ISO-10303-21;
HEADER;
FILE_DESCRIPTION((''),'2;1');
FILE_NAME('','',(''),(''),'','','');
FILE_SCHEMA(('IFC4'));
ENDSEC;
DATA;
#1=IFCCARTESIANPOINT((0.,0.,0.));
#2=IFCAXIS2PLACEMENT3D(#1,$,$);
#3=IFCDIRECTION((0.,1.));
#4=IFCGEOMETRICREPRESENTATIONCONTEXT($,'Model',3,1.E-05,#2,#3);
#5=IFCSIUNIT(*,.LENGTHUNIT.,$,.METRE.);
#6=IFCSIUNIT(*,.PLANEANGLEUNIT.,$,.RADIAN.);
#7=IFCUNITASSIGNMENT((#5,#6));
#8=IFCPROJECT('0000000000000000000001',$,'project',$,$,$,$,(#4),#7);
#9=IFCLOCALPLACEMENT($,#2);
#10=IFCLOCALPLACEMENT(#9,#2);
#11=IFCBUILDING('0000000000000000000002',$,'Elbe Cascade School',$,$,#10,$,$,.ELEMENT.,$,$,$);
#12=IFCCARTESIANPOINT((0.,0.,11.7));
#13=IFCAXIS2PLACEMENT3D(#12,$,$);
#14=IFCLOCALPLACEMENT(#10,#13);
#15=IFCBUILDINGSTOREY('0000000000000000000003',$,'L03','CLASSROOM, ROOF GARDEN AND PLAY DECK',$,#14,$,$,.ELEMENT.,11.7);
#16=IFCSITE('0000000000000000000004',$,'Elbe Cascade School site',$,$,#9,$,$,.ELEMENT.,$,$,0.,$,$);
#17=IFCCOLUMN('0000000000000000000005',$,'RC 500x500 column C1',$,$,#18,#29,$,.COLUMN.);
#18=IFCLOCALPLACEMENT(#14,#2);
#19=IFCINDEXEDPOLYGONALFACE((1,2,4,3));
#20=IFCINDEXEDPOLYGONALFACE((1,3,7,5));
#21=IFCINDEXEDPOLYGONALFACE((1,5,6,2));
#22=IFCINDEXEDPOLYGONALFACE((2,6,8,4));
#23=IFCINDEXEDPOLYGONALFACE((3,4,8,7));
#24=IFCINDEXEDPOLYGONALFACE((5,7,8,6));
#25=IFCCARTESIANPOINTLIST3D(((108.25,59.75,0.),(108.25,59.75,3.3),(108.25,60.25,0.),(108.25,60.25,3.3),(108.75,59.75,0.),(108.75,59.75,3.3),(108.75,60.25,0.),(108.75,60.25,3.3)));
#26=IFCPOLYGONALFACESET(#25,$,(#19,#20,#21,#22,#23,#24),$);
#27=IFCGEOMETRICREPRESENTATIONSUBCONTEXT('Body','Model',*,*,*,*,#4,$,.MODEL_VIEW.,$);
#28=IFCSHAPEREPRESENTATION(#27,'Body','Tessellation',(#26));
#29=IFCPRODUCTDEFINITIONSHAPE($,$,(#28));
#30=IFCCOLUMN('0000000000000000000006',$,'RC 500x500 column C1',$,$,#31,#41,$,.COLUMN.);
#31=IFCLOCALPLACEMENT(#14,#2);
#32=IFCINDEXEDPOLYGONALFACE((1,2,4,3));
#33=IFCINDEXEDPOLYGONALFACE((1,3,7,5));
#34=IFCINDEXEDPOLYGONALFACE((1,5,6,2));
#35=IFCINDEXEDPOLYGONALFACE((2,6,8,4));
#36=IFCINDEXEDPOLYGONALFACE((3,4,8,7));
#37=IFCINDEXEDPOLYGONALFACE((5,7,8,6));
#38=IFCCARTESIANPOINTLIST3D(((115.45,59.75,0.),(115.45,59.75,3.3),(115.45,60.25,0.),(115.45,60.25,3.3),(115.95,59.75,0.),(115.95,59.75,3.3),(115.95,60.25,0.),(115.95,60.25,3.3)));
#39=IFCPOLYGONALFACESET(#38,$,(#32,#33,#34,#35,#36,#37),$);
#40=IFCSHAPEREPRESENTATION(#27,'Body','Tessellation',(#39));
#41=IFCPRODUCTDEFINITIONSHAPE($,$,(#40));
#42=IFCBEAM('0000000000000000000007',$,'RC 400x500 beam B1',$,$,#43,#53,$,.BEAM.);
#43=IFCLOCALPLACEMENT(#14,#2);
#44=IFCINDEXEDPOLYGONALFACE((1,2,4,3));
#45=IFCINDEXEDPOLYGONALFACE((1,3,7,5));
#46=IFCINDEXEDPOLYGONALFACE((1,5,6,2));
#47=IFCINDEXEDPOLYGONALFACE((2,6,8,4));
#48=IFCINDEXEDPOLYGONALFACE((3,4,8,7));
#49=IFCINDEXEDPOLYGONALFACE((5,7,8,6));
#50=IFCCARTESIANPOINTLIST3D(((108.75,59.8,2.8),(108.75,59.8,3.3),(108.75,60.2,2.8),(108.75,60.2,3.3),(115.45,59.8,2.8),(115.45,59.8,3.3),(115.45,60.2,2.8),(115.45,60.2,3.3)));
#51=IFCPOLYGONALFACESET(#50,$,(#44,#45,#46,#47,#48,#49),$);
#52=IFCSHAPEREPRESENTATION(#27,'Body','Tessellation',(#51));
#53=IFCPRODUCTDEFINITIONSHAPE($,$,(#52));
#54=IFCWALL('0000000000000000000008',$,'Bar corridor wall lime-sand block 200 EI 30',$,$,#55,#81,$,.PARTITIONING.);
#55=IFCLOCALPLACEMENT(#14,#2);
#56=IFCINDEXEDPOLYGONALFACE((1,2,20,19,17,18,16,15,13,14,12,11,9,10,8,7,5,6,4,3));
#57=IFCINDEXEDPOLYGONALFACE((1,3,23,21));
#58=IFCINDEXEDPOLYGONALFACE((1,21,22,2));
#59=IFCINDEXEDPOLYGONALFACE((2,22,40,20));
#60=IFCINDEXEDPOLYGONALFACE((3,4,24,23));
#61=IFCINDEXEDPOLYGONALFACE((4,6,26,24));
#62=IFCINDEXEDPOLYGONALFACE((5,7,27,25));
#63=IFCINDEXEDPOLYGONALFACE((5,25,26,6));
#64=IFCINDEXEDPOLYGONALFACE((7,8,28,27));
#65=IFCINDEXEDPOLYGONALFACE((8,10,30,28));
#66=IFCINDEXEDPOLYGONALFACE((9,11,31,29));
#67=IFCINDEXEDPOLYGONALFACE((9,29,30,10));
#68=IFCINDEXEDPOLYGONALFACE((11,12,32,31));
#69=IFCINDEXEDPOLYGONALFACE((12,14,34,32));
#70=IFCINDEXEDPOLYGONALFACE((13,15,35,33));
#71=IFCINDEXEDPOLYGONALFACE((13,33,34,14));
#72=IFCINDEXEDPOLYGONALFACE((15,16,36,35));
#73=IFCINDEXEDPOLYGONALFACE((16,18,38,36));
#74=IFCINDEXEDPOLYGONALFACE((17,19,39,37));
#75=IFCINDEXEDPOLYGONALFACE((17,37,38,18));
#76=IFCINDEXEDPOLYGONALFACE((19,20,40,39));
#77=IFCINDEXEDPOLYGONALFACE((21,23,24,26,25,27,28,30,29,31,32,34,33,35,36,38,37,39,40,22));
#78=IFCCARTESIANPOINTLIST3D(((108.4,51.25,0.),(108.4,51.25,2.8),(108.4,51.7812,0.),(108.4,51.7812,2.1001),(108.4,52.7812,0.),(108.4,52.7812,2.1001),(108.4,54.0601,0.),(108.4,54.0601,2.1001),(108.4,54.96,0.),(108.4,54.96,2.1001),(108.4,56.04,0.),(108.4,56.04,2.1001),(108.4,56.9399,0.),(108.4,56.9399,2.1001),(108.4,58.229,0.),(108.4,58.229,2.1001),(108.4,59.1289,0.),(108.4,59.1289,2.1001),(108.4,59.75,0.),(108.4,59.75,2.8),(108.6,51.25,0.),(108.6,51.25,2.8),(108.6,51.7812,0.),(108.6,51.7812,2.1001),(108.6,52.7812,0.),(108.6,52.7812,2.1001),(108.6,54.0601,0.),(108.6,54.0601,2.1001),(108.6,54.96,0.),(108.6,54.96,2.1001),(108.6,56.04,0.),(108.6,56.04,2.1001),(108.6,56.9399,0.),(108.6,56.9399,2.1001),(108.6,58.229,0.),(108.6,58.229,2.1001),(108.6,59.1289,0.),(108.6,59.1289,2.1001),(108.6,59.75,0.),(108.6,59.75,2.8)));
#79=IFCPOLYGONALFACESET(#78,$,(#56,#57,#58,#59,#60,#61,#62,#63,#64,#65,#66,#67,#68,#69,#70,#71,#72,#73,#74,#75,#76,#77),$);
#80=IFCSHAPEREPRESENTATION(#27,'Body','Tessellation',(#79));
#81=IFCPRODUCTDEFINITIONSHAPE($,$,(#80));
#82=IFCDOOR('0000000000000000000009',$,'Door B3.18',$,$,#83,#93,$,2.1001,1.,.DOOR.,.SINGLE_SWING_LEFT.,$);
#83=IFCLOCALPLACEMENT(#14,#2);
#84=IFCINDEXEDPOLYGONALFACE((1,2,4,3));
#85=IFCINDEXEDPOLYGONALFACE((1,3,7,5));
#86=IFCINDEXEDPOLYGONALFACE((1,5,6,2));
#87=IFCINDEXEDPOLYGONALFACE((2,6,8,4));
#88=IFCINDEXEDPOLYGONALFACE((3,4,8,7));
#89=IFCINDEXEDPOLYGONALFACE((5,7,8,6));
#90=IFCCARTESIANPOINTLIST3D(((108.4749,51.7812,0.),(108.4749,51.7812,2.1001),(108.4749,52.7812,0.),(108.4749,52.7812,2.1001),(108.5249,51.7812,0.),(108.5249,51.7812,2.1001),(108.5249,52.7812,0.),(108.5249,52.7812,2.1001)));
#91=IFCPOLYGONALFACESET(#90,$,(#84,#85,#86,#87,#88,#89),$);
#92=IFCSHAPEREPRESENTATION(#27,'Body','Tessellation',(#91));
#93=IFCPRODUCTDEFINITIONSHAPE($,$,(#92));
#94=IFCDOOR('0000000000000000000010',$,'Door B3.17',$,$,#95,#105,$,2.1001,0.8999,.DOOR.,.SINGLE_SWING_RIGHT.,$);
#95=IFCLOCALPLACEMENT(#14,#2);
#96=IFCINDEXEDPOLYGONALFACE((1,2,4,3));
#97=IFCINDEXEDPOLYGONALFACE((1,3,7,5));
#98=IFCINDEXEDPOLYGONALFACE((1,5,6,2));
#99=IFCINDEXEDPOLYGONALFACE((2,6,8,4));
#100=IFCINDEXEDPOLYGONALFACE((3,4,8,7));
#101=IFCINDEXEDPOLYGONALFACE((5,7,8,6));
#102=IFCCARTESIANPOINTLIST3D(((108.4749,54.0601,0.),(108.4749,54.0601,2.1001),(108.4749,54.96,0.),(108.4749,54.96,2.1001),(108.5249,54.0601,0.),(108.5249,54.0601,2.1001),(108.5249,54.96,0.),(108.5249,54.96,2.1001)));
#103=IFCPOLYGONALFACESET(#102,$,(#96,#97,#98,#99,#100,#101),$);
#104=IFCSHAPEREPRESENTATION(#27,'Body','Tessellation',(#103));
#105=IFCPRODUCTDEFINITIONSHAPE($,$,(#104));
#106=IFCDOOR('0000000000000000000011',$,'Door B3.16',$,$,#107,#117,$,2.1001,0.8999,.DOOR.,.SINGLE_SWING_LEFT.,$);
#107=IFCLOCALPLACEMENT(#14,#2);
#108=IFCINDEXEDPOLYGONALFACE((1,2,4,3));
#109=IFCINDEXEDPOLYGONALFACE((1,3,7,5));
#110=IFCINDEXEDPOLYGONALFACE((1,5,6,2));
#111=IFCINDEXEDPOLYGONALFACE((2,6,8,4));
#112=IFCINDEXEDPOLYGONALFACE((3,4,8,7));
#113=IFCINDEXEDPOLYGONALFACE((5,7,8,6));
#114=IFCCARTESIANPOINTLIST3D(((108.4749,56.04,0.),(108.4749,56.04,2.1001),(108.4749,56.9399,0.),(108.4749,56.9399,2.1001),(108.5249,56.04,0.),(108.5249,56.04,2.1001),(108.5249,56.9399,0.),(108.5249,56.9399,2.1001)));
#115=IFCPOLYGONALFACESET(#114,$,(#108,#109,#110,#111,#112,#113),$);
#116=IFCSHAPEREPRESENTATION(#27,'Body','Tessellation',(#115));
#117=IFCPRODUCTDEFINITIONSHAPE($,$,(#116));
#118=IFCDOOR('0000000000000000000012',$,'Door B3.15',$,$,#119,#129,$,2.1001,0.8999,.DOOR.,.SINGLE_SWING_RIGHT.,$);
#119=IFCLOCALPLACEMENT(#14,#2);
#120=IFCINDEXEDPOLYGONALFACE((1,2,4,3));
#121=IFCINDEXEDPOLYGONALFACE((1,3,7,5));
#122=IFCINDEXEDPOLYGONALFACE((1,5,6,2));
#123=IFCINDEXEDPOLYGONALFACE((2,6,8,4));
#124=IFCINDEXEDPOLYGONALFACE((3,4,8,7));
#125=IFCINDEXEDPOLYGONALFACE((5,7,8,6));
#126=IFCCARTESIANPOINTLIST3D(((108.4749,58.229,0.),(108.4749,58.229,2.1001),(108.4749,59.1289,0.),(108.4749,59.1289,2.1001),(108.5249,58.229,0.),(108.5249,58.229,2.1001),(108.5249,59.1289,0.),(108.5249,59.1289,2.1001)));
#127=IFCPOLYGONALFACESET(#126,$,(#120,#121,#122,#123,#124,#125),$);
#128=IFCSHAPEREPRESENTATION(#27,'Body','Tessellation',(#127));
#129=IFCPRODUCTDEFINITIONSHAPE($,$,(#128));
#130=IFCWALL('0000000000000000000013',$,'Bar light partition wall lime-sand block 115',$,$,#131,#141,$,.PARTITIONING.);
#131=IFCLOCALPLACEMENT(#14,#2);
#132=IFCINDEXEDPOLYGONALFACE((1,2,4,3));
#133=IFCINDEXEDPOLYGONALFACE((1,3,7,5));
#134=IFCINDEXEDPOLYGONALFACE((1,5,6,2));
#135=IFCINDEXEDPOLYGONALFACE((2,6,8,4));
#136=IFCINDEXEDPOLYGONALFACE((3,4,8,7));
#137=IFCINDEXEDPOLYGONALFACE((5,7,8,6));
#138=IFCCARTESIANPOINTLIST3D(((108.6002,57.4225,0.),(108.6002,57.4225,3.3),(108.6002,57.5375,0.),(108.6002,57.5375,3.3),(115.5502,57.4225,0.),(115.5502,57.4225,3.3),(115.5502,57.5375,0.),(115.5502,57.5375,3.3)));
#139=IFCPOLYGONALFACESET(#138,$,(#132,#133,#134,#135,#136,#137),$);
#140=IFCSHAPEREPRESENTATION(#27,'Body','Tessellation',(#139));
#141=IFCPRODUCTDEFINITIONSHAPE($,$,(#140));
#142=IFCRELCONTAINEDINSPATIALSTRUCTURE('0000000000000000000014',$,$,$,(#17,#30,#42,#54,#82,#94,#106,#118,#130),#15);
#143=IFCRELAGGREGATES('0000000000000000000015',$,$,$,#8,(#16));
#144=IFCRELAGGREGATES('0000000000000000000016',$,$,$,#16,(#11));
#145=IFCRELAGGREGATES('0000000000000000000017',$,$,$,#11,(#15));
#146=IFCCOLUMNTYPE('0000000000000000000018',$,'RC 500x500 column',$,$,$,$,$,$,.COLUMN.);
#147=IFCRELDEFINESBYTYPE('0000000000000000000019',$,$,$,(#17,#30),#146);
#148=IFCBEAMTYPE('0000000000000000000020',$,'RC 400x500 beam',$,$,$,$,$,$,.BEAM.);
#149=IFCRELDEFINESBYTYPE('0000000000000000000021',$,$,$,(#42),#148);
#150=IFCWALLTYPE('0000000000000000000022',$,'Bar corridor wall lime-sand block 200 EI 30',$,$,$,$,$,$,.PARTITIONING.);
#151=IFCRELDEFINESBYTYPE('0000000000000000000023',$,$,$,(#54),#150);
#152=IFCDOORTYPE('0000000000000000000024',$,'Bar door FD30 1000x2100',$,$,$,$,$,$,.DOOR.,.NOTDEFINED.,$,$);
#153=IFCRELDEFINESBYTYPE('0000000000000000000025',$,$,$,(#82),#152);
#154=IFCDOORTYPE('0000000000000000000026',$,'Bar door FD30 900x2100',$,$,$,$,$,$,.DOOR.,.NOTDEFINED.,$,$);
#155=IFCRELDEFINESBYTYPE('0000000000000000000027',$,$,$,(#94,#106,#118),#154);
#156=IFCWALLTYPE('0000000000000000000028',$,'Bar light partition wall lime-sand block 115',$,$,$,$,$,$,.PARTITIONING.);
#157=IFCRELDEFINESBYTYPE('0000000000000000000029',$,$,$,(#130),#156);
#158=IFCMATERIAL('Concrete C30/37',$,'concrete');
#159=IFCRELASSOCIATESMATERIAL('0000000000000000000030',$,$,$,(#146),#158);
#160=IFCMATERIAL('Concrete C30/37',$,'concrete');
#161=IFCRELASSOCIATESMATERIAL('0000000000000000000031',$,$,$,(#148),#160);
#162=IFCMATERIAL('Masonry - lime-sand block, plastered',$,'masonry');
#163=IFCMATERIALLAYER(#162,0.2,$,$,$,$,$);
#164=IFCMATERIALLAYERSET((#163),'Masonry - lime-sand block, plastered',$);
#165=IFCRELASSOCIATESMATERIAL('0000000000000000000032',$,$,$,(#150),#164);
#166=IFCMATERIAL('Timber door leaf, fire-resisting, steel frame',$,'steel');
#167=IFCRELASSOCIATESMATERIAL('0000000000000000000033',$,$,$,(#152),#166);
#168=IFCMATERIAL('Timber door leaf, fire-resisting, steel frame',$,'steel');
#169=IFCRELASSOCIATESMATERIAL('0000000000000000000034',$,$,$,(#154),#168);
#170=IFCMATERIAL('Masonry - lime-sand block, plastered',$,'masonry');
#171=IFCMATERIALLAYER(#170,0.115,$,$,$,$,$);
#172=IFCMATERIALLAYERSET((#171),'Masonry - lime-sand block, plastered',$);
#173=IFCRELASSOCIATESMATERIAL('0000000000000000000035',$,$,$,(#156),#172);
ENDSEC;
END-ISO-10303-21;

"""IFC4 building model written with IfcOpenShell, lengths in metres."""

from ifc_helpers import new_model, si_unit, direction, frame, frame_2d, origin, origin_2d, place, context, subcontext, project, spatial, rectangle, extrude, material, layer, layer_set, material_profile, profile_set, type_object, element, fill, save


model = new_model("IFC4")

# Units and contexts
model_context = context("Model", 3, precision=1e-05, world=origin(), true_north=direction((0.0, 1.0)))
body_context = subcontext(model_context, "Body", "Model", "MODEL_VIEW")
ifc_project = project(units=[si_unit("LENGTHUNIT", "METRE"), si_unit("PLANEANGLEUNIT", "RADIAN")], contexts=[model_context])

# Site, building, storey
site_placement = place(None, origin())
site = spatial("IfcSite", under=ifc_project, at=site_placement, Name="Elbe Cascade School site", CompositionType="ELEMENT", RefElevation=0.0)
building_placement = place(site_placement, origin())
building = spatial("IfcBuilding", under=site, at=building_placement, Name="Elbe Cascade School", CompositionType="ELEMENT")
storey_placement = place(building_placement, frame((0.0, 0.0, 11.7)))
storey = spatial("IfcBuildingStorey", under=building, at=storey_placement, Name="L03", Description="CLASSROOM, ROOF GARDEN AND PLAY DECK", CompositionType="ELEMENT", Elevation=11.7)

# Columns
ifc_material_1 = material(Name="Concrete C30/37", Category="concrete")
ifc_material_profile_1 = material_profile(ifc_material_1, rectangle(XDim=0.5, YDim=0.5, at=origin_2d()), Name="RC 500x500")
ifc_profile_set_1 = profile_set([ifc_material_profile_1], Name="Concrete C30/37")
column_type = type_object("IfcColumnType", Name="RC 500x500 column", PredefinedType="COLUMN", material=ifc_profile_set_1)
for number, where, z_axis, x_axis, name in (
    (1, (108.5, 60.0, 0.0), (0.0, 0.0, 1.0), (1.0, 0.0, 0.0), "RC 500x500 column C1"),
    (2, (115.7, 60.0, 0.0), (0.0, 0.0, 1.0), (1.0, 0.0, 0.0), "RC 500x500 column C1"),
):
    element("IfcColumn", number, at=place(storey_placement, frame(where, z_axis=z_axis, x_axis=x_axis)), inside=storey, type_object=column_type, Name=name, PredefinedType="COLUMN", context=body_context, shape_type="SweptSolid", body=[
        extrude(rectangle(XDim=0.5, YDim=0.5, at=origin_2d()), origin(), (0.0, 0.0, 1.0), 3.3),
    ])

# Beam
ifc_material_2 = material(Name="Concrete C30/37", Category="concrete")
ifc_material_profile_2 = material_profile(ifc_material_2, rectangle(XDim=0.3999, YDim=0.5, at=origin_2d()), Name="RC 400x500")
ifc_profile_set_2 = profile_set([ifc_material_profile_2], Name="Concrete C30/37")
beam_type = type_object("IfcBeamType", Name="RC 400x500 beam", PredefinedType="BEAM", material=ifc_profile_set_2)
beam_placement = place(storey_placement, frame((108.75, 60.0, 3.05), z_axis=(1.0, 0.0, 0.0), x_axis=(0.0, 1.0, 0.0)))
element("IfcBeam", 3, at=beam_placement, inside=storey, type_object=beam_type, Name="RC 400x500 beam B1", PredefinedType="BEAM", context=body_context, shape_type="SweptSolid", body=[
    extrude(rectangle(XDim=0.3999, YDim=0.5, at=origin_2d()), origin(), (0.0, 0.0, 1.0), 6.7),
])

# Wall, openings, doors
ifc_material_3 = material(Name="Masonry - lime-sand block, plastered", Category="masonry")
ifc_layer_1 = layer(ifc_material_3, 0.2)
ifc_layer_set_1 = layer_set([ifc_layer_1], Name="Masonry - lime-sand block, plastered")
wall_type_1 = type_object("IfcWallType", Name="Bar corridor wall lime-sand block 200 EI 30", PredefinedType="PARTITIONING", material=ifc_layer_set_1)
wall_1_placement = place(storey_placement, frame((108.5, 59.75, 0.0), z_axis=(0.0, 0.0, 1.0), x_axis=(0.0, -1.0, 0.0)))
wall_1 = element("IfcWall", 4, at=wall_1_placement, inside=storey, type_object=wall_type_1, Name="Bar corridor wall lime-sand block 200 EI 30", PredefinedType="PARTITIONING", context=body_context, shape_type="SweptSolid", body=[
    extrude(rectangle(XDim=8.5, YDim=0.2, at=frame_2d((4.25, 0.0))), origin(), (0.0, 0.0, 1.0), 2.8),
])
opening_1_placement = place(wall_1_placement, frame((6.9688, 0.0, 0.0)))
opening_1 = element("IfcOpeningElement", 5, at=opening_1_placement, cuts=wall_1, PredefinedType="OPENING", context=body_context, shape_type="SweptSolid", body=[
    extrude(rectangle(XDim=1.0, YDim=2.1001, at=frame_2d((0.5, 1.05))), frame((0.0, 0.1099, 0.0), z_axis=(0.0, -1.0, 0.0), x_axis=(1.0, 0.0, 0.0)), (0.0, 0.0, 1.0), 0.22),
])
opening_2_placement = place(wall_1_placement, frame((4.79, 0.0, 0.0)))
opening_2 = element("IfcOpeningElement", 6, at=opening_2_placement, cuts=wall_1, PredefinedType="OPENING", context=body_context, shape_type="SweptSolid", body=[
    extrude(rectangle(XDim=0.8999, YDim=2.1001, at=frame_2d((0.45, 1.05))), frame((0.0, 0.1099, 0.0), z_axis=(0.0, -1.0, 0.0), x_axis=(1.0, 0.0, 0.0)), (0.0, 0.0, 1.0), 0.22),
])
opening_3_placement = place(wall_1_placement, frame((2.8101, 0.0, 0.0)))
opening_3 = element("IfcOpeningElement", 7, at=opening_3_placement, cuts=wall_1, PredefinedType="OPENING", context=body_context, shape_type="SweptSolid", body=[
    extrude(rectangle(XDim=0.8999, YDim=2.1001, at=frame_2d((0.45, 1.05))), frame((0.0, 0.1099, 0.0), z_axis=(0.0, -1.0, 0.0), x_axis=(1.0, 0.0, 0.0)), (0.0, 0.0, 1.0), 0.22),
])
opening_4_placement = place(wall_1_placement, frame((0.6211, 0.0, 0.0)))
opening_4 = element("IfcOpeningElement", 8, at=opening_4_placement, cuts=wall_1, PredefinedType="OPENING", context=body_context, shape_type="SweptSolid", body=[
    extrude(rectangle(XDim=0.8999, YDim=2.1001, at=frame_2d((0.45, 1.05))), frame((0.0, 0.1099, 0.0), z_axis=(0.0, -1.0, 0.0), x_axis=(1.0, 0.0, 0.0)), (0.0, 0.0, 1.0), 0.22),
])
ifc_material_4 = material(Name="Timber door leaf, fire-resisting, steel frame", Category="steel")
door_type_1 = type_object("IfcDoorType", Name="Bar door FD30 1000x2100", OperationType="NOTDEFINED", PredefinedType="DOOR", material=ifc_material_4)
door_1_placement = place(opening_1_placement, origin())
door_1 = element("IfcDoor", 9, at=door_1_placement, inside=storey, type_object=door_type_1, Name="Door B3.18", OperationType="SINGLE_SWING_LEFT", OverallHeight=2.1001, OverallWidth=1.0, PredefinedType="DOOR", context=body_context, shape_type="SweptSolid", body=[
    extrude(rectangle(XDim=1.0, YDim=2.1001, at=frame_2d((0.5, 1.05))), frame((0.0, 0.0249, 0.0), z_axis=(0.0, -1.0, 0.0), x_axis=(1.0, 0.0, 0.0)), (0.0, 0.0, 1.0), 0.05),
])
fill(opening_1, door_1)
ifc_material_5 = material(Name="Timber door leaf, fire-resisting, steel frame", Category="steel")
door_type_2 = type_object("IfcDoorType", Name="Bar door FD30 900x2100", OperationType="NOTDEFINED", PredefinedType="DOOR", material=ifc_material_5)
door_2_placement = place(opening_2_placement, origin())
door_2 = element("IfcDoor", 10, at=door_2_placement, inside=storey, type_object=door_type_2, Name="Door B3.17", OperationType="SINGLE_SWING_RIGHT", OverallHeight=2.1001, OverallWidth=0.8999, PredefinedType="DOOR", context=body_context, shape_type="SweptSolid", body=[
    extrude(rectangle(XDim=0.8999, YDim=2.1001, at=frame_2d((0.45, 1.05))), frame((0.0, 0.0249, 0.0), z_axis=(0.0, -1.0, 0.0), x_axis=(1.0, 0.0, 0.0)), (0.0, 0.0, 1.0), 0.05),
])
fill(opening_2, door_2)
door_3_placement = place(opening_3_placement, origin())
door_3 = element("IfcDoor", 11, at=door_3_placement, inside=storey, type_object=door_type_2, Name="Door B3.16", OperationType="SINGLE_SWING_LEFT", OverallHeight=2.1001, OverallWidth=0.8999, PredefinedType="DOOR", context=body_context, shape_type="SweptSolid", body=[
    extrude(rectangle(XDim=0.8999, YDim=2.1001, at=frame_2d((0.45, 1.05))), frame((0.0, 0.0249, 0.0), z_axis=(0.0, -1.0, 0.0), x_axis=(1.0, 0.0, 0.0)), (0.0, 0.0, 1.0), 0.05),
])
fill(opening_3, door_3)
door_4_placement = place(opening_4_placement, origin())
door_4 = element("IfcDoor", 12, at=door_4_placement, inside=storey, type_object=door_type_2, Name="Door B3.15", OperationType="SINGLE_SWING_RIGHT", OverallHeight=2.1001, OverallWidth=0.8999, PredefinedType="DOOR", context=body_context, shape_type="SweptSolid", body=[
    extrude(rectangle(XDim=0.8999, YDim=2.1001, at=frame_2d((0.45, 1.05))), frame((0.0, 0.0249, 0.0), z_axis=(0.0, -1.0, 0.0), x_axis=(1.0, 0.0, 0.0)), (0.0, 0.0, 1.0), 0.05),
])
fill(opening_4, door_4)

# Wall
ifc_material_6 = material(Name="Masonry - lime-sand block, plastered", Category="masonry")
ifc_layer_2 = layer(ifc_material_6, 0.115)
ifc_layer_set_2 = layer_set([ifc_layer_2], Name="Masonry - lime-sand block, plastered")
wall_type_2 = type_object("IfcWallType", Name="Bar light partition wall lime-sand block 115", PredefinedType="PARTITIONING", material=ifc_layer_set_2)
wall_2_placement = place(storey_placement, frame((108.6001, 57.48, 0.0), z_axis=(0.0, 0.0, 1.0), x_axis=(1.0, 0.0, 0.0)))
element("IfcWall", 13, at=wall_2_placement, inside=storey, type_object=wall_type_2, Name="Bar light partition wall lime-sand block 115", PredefinedType="PARTITIONING", context=body_context, shape_type="SweptSolid", body=[
    extrude(rectangle(XDim=6.95, YDim=0.115, at=frame_2d((3.4751, 0.0))), origin(), (0.0, 0.0, 1.0), 3.3),
])

save(model, "model.ifc")
